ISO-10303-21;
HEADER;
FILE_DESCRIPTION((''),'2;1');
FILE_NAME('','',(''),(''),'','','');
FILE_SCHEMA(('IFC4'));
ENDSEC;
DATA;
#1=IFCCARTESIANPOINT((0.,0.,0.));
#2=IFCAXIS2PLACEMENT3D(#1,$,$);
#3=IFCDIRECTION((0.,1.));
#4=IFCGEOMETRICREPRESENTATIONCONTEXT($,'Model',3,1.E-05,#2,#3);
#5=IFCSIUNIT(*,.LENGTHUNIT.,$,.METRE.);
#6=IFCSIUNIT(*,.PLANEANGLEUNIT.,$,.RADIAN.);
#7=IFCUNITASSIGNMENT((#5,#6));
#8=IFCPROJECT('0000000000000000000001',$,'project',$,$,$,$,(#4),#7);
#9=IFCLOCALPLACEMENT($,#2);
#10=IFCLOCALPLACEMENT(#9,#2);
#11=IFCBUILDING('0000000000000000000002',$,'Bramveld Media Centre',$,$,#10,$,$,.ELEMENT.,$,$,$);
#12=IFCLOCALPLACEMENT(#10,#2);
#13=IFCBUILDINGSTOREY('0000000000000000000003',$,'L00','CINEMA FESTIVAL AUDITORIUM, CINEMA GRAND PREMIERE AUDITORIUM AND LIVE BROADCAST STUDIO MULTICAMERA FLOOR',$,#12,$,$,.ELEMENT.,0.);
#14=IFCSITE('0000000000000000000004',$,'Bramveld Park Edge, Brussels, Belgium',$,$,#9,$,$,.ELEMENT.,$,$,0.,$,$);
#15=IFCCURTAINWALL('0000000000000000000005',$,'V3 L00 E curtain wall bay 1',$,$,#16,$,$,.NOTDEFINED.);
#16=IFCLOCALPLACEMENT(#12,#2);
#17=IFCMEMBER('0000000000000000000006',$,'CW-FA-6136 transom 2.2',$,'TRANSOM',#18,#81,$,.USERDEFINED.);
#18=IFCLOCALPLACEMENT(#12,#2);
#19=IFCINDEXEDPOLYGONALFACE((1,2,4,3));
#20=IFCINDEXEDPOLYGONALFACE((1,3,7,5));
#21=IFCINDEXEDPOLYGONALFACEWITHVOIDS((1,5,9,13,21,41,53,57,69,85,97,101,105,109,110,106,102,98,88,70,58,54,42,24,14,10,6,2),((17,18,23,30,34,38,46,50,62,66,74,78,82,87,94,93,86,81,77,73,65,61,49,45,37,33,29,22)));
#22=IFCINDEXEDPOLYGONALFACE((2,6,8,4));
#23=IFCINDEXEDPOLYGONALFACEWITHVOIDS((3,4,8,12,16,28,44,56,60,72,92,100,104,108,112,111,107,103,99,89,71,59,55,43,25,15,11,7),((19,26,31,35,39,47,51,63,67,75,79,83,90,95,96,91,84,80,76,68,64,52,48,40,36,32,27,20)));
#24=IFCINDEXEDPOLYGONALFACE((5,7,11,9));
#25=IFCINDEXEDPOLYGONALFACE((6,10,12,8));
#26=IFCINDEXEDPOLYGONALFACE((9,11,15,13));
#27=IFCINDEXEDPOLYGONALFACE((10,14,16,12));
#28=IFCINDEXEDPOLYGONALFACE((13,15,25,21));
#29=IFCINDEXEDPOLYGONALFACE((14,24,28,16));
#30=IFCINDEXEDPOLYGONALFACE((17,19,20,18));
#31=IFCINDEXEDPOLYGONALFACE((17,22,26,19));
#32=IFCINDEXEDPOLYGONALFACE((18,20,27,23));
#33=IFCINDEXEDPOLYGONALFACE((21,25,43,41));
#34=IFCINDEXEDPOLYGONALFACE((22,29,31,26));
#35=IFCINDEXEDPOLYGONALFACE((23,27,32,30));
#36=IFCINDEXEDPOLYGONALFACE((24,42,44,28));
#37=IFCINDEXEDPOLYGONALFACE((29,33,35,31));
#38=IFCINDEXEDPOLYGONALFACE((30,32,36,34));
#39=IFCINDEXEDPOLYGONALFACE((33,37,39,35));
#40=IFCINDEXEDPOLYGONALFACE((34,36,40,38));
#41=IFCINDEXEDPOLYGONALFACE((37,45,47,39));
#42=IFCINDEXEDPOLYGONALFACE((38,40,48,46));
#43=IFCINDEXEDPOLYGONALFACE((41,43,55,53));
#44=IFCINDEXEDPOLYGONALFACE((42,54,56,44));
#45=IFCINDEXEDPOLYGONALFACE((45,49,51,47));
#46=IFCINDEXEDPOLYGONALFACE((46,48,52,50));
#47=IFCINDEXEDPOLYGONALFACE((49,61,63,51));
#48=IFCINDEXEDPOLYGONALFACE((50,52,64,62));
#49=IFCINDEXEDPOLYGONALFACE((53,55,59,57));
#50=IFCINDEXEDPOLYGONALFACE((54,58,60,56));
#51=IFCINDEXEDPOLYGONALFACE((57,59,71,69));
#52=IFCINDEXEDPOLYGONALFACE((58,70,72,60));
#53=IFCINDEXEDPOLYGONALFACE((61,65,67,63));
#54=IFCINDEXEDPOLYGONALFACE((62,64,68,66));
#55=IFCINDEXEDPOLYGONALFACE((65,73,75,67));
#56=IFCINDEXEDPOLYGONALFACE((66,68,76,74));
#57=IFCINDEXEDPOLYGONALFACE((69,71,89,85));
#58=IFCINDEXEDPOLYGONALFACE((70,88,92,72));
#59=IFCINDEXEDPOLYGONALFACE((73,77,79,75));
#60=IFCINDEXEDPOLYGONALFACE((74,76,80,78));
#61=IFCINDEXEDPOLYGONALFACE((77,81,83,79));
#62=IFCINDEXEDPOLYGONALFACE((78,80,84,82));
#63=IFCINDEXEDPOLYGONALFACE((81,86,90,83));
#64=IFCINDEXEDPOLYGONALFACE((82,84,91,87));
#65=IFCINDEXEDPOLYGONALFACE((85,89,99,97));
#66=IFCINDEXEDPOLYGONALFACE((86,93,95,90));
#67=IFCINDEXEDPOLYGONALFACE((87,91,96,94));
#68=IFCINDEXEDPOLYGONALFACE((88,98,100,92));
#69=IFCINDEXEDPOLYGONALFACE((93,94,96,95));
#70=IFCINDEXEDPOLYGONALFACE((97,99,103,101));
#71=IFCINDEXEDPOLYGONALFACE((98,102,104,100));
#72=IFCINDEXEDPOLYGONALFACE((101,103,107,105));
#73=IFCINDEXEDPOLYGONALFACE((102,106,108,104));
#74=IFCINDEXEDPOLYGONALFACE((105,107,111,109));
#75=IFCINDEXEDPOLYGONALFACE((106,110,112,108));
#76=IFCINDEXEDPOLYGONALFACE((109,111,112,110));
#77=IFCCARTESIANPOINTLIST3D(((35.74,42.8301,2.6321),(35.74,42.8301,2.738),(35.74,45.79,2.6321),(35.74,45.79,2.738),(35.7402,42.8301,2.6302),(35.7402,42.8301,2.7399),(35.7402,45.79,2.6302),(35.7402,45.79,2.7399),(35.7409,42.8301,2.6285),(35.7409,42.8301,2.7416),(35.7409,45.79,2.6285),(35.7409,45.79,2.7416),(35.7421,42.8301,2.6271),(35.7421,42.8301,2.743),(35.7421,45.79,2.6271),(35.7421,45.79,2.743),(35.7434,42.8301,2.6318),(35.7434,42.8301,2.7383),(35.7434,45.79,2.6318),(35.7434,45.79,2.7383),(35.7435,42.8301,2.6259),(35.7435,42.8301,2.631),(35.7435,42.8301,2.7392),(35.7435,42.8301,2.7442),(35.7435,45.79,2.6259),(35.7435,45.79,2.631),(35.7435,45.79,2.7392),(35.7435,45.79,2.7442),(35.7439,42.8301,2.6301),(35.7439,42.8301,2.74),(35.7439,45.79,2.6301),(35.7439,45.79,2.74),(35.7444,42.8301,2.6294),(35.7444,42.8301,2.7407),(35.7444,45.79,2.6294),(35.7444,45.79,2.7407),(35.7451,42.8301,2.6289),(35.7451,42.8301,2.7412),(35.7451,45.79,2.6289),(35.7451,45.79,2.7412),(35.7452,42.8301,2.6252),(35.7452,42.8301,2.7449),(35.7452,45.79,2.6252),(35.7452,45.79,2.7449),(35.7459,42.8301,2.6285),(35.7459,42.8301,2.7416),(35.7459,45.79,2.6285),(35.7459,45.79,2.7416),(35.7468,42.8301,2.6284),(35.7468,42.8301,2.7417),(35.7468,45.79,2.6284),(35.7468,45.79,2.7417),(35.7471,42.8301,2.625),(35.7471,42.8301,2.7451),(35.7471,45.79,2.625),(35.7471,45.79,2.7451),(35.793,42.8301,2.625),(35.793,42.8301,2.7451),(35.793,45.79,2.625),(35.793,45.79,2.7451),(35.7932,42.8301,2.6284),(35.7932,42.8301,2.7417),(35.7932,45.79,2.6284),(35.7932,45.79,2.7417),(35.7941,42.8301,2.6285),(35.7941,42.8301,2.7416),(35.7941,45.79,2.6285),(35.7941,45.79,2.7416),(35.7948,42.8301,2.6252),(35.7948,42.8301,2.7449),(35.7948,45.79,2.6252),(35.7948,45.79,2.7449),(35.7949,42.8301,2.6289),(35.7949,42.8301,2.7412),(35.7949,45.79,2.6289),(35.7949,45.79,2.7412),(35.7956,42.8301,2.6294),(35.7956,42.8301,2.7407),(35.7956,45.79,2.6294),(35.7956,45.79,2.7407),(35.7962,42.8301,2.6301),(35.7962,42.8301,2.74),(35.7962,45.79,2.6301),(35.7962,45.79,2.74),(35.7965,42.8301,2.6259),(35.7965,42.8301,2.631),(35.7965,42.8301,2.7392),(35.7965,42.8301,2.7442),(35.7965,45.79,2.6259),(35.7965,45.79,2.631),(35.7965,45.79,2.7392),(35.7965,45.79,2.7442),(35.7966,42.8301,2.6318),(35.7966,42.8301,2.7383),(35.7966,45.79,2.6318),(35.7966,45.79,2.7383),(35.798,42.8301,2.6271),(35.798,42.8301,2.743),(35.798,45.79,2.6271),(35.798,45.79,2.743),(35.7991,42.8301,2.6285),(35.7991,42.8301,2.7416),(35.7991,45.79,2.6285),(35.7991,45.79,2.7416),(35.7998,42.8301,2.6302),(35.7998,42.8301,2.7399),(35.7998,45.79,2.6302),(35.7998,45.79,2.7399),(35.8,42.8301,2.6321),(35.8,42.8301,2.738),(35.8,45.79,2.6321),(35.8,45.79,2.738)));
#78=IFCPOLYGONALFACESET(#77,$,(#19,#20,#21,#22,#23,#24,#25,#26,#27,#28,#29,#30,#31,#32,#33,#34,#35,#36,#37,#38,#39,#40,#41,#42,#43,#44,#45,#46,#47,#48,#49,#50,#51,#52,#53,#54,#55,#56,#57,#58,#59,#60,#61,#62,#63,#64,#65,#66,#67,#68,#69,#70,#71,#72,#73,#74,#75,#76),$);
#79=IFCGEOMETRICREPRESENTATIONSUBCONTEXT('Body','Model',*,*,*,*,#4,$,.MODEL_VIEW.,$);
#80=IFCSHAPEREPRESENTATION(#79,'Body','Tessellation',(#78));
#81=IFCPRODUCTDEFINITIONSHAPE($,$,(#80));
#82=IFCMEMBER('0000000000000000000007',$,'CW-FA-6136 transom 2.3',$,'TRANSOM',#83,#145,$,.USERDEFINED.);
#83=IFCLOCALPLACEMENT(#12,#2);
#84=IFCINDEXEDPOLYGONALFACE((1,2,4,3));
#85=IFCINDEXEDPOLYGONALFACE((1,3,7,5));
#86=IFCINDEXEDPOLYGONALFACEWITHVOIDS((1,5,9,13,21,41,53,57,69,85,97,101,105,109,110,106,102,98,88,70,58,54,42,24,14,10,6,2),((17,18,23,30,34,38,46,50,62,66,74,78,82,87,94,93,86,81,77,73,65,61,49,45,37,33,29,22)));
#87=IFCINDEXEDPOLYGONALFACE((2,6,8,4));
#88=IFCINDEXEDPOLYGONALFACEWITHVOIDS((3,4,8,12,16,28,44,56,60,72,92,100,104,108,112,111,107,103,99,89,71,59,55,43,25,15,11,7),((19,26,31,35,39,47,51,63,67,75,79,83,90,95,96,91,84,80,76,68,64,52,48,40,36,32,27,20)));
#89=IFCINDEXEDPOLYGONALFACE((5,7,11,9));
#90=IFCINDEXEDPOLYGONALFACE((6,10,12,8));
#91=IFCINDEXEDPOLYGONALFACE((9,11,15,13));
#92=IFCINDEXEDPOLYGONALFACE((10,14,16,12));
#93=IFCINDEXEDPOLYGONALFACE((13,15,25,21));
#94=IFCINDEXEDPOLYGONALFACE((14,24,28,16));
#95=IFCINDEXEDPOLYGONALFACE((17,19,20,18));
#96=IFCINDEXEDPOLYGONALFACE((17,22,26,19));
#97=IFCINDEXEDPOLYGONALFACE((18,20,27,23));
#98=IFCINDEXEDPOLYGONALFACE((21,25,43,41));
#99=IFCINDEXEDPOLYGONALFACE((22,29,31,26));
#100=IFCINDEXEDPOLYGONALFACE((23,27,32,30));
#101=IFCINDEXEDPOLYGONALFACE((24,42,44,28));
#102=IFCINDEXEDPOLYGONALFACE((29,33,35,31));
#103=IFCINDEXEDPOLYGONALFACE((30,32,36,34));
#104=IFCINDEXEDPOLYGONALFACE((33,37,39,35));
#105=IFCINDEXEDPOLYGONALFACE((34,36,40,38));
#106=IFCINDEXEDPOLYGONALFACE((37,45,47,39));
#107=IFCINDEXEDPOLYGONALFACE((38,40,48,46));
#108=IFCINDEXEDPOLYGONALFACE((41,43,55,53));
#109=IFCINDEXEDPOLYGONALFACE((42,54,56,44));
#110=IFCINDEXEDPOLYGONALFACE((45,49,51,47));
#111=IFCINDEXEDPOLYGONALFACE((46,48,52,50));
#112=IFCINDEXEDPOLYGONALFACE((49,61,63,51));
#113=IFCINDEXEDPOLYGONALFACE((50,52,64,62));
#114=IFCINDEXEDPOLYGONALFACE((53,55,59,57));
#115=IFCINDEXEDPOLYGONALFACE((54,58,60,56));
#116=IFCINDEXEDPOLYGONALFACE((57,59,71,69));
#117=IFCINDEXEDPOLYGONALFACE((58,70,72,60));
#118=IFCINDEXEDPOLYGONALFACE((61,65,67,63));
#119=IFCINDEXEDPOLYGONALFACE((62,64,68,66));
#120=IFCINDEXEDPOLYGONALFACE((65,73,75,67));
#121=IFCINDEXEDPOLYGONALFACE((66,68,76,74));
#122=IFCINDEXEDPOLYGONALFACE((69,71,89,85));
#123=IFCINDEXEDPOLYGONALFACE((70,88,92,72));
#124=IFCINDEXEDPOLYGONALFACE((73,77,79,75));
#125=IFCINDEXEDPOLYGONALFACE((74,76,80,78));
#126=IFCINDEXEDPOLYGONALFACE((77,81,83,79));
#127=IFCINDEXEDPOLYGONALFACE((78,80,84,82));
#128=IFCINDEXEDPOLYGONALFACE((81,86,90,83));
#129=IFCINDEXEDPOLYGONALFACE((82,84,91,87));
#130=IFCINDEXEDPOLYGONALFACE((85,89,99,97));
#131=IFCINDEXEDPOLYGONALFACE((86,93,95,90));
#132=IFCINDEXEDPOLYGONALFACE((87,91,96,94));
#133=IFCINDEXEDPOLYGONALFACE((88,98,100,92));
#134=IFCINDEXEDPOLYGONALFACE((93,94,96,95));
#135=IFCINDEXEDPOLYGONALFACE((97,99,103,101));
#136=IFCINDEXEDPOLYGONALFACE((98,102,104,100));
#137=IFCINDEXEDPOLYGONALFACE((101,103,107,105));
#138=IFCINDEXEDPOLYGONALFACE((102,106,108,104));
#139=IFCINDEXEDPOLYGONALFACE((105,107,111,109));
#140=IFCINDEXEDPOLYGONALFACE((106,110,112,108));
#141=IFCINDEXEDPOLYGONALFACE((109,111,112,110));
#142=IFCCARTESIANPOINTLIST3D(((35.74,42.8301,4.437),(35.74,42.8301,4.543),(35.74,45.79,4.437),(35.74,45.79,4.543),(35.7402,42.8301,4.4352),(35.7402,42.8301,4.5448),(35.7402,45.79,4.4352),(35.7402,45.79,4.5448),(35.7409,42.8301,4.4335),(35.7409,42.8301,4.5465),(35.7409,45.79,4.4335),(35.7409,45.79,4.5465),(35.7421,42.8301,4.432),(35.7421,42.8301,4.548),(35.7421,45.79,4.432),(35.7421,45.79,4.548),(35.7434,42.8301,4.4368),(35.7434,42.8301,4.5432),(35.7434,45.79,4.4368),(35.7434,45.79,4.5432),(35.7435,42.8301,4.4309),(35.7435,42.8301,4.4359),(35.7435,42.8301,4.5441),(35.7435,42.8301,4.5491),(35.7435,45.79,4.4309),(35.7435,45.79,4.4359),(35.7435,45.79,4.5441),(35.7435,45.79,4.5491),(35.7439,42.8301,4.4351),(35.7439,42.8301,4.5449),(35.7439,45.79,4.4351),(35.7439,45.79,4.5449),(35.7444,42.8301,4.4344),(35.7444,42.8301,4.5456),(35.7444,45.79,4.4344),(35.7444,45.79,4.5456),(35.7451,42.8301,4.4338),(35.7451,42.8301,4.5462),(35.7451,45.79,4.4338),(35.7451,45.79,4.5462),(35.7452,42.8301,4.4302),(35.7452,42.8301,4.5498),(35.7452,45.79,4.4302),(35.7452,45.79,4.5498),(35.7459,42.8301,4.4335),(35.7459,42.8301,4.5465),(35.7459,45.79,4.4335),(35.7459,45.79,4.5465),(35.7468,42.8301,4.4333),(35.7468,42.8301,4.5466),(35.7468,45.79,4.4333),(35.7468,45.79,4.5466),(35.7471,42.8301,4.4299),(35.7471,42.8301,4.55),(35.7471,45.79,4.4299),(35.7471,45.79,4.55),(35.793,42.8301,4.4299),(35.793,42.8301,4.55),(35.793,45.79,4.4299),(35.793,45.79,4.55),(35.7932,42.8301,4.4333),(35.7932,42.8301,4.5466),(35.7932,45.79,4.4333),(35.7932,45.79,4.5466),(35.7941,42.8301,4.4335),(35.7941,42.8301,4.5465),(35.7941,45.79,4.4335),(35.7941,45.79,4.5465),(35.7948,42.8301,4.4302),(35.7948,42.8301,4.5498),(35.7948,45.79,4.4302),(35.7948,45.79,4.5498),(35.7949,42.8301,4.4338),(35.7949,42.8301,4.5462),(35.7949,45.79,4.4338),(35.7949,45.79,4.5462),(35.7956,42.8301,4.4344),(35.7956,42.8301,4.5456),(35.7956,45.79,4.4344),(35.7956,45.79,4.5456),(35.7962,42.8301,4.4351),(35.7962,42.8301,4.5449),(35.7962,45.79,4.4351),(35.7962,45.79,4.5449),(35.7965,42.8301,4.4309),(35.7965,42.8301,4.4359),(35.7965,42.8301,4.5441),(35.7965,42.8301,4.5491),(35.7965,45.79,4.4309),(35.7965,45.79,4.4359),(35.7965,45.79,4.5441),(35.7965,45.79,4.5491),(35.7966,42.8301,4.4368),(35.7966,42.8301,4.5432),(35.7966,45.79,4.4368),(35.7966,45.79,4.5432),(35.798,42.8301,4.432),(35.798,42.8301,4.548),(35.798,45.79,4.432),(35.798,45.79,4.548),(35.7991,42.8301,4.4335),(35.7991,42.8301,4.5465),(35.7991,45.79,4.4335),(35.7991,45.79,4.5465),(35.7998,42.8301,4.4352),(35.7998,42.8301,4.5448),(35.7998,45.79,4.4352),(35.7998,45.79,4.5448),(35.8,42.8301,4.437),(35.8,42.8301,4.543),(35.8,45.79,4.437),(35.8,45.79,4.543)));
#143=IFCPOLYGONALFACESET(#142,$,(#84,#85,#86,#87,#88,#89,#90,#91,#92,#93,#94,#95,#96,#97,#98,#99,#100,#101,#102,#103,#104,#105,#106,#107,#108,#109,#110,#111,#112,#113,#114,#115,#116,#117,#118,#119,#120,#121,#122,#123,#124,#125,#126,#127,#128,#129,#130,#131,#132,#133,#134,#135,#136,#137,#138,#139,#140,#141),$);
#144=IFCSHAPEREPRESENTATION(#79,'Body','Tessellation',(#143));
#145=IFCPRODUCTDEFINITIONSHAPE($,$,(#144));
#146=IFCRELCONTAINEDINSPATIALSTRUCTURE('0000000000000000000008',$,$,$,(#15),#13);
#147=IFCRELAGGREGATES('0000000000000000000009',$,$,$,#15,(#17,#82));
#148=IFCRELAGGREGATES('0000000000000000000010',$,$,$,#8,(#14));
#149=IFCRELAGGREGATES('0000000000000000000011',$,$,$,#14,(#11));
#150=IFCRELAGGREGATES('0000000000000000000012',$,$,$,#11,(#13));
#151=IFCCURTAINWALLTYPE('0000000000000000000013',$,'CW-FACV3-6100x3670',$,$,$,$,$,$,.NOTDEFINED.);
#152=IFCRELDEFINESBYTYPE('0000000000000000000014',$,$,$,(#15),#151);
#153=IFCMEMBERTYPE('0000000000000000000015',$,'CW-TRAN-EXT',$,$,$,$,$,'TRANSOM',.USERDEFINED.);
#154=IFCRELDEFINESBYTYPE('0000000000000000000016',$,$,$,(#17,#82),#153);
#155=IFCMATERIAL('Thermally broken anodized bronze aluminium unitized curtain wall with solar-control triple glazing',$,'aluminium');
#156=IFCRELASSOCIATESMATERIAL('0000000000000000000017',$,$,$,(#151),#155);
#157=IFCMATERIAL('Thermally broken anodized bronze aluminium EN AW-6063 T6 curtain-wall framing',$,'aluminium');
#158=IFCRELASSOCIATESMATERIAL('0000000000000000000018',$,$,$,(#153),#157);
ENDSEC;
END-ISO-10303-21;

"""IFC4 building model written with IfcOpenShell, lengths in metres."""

from ifc_helpers import new_model, si_unit, direction, frame, origin, origin_2d, place, context, subcontext, project, spatial, hollow_rectangle, extrude, material, material_profile, profile_set, type_object, element, aggregate, save


model = new_model("IFC4")

# Units and contexts
model_context = context("Model", 3, precision=1e-05, world=origin(), true_north=direction((0.0, 1.0)))
body_context = subcontext(model_context, "Body", "Model", "MODEL_VIEW")
ifc_project = project(units=[si_unit("LENGTHUNIT", "METRE"), si_unit("PLANEANGLEUNIT", "RADIAN")], contexts=[model_context])

# Site, building, storey
site_placement = place(None, origin())
site = spatial("IfcSite", under=ifc_project, at=site_placement, Name="Bramveld Park Edge, Brussels, Belgium", CompositionType="ELEMENT", RefElevation=0.0)
building_placement = place(site_placement, origin())
building = spatial("IfcBuilding", under=site, at=building_placement, Name="Bramveld Media Centre", CompositionType="ELEMENT")
storey_placement = place(building_placement, origin())
storey = spatial("IfcBuildingStorey", under=building, at=storey_placement, Name="L00", Description="CINEMA FESTIVAL AUDITORIUM, CINEMA GRAND PREMIERE AUDITORIUM AND LIVE BROADCAST STUDIO MULTICAMERA FLOOR", CompositionType="ELEMENT", Elevation=0.0)

# Curtain wall
ifc_material_1 = material(Name="Thermally broken anodized bronze aluminium unitized curtain wall with solar-control triple glazing", Category="aluminium")
curtain_wall_type = type_object("IfcCurtainWallType", Name="CW-FACV3-6100x3670", PredefinedType="NOTDEFINED", material=ifc_material_1)
curtain_wall_1_placement = place(storey_placement, origin())
curtain_wall_1 = element("IfcCurtainWall", 1, at=curtain_wall_1_placement, inside=storey, type_object=curtain_wall_type, Name="V3 L00 E curtain wall bay 1", PredefinedType="NOTDEFINED")

# Members
ifc_material_2 = material(Name="Thermally broken anodized bronze aluminium EN AW-6063 T6 curtain-wall framing", Category="aluminium")
ifc_material_profile_1 = material_profile(ifc_material_2, hollow_rectangle(XDim=0.0601, YDim=0.1201, WallThickness=0.0034, InnerFilletRadius=0.0034, OuterFilletRadius=0.0071, at=origin_2d()), Name="AL-TRAN 60x120")
ifc_profile_set_1 = profile_set([ifc_material_profile_1], Name="Thermally broken anodized bronze aluminium EN AW-6063 T6 curtain-wall framing")
member_type_1 = type_object("IfcMemberType", Name="CW-TRAN-EXT", ElementType="TRANSOM", PredefinedType="USERDEFINED", material=ifc_profile_set_1)
member_1_placement = place(storey_placement, frame((35.77, 42.8301, 2.6851), z_axis=(0.0, 1.0, 0.0), x_axis=(-1.0, 0.0, 0.0)))
member_1 = element("IfcMember", 2, at=member_1_placement, type_object=member_type_1, Name="CW-FA-6136 transom 2.2", ObjectType="TRANSOM", PredefinedType="USERDEFINED", context=body_context, shape_type="SweptSolid", body=[
    extrude(hollow_rectangle(XDim=0.0601, YDim=0.1201, WallThickness=0.0034, InnerFilletRadius=0.0034, OuterFilletRadius=0.0071, at=origin_2d()), origin(), (0.0, 0.0, 1.0), 2.96),
])
member_2_placement = place(storey_placement, frame((35.77, 42.8301, 4.49), z_axis=(0.0, 1.0, 0.0), x_axis=(-1.0, 0.0, 0.0)))
member_2 = element("IfcMember", 3, at=member_2_placement, type_object=member_type_1, Name="CW-FA-6136 transom 2.3", ObjectType="TRANSOM", PredefinedType="USERDEFINED", context=body_context, shape_type="SweptSolid", body=[
    extrude(hollow_rectangle(XDim=0.0601, YDim=0.1201, WallThickness=0.0034, InnerFilletRadius=0.0034, OuterFilletRadius=0.0071, at=origin_2d()), origin(), (0.0, 0.0, 1.0), 2.96),
])

aggregate(curtain_wall_1, [member_1, member_2])

save(model, "model.ifc")
